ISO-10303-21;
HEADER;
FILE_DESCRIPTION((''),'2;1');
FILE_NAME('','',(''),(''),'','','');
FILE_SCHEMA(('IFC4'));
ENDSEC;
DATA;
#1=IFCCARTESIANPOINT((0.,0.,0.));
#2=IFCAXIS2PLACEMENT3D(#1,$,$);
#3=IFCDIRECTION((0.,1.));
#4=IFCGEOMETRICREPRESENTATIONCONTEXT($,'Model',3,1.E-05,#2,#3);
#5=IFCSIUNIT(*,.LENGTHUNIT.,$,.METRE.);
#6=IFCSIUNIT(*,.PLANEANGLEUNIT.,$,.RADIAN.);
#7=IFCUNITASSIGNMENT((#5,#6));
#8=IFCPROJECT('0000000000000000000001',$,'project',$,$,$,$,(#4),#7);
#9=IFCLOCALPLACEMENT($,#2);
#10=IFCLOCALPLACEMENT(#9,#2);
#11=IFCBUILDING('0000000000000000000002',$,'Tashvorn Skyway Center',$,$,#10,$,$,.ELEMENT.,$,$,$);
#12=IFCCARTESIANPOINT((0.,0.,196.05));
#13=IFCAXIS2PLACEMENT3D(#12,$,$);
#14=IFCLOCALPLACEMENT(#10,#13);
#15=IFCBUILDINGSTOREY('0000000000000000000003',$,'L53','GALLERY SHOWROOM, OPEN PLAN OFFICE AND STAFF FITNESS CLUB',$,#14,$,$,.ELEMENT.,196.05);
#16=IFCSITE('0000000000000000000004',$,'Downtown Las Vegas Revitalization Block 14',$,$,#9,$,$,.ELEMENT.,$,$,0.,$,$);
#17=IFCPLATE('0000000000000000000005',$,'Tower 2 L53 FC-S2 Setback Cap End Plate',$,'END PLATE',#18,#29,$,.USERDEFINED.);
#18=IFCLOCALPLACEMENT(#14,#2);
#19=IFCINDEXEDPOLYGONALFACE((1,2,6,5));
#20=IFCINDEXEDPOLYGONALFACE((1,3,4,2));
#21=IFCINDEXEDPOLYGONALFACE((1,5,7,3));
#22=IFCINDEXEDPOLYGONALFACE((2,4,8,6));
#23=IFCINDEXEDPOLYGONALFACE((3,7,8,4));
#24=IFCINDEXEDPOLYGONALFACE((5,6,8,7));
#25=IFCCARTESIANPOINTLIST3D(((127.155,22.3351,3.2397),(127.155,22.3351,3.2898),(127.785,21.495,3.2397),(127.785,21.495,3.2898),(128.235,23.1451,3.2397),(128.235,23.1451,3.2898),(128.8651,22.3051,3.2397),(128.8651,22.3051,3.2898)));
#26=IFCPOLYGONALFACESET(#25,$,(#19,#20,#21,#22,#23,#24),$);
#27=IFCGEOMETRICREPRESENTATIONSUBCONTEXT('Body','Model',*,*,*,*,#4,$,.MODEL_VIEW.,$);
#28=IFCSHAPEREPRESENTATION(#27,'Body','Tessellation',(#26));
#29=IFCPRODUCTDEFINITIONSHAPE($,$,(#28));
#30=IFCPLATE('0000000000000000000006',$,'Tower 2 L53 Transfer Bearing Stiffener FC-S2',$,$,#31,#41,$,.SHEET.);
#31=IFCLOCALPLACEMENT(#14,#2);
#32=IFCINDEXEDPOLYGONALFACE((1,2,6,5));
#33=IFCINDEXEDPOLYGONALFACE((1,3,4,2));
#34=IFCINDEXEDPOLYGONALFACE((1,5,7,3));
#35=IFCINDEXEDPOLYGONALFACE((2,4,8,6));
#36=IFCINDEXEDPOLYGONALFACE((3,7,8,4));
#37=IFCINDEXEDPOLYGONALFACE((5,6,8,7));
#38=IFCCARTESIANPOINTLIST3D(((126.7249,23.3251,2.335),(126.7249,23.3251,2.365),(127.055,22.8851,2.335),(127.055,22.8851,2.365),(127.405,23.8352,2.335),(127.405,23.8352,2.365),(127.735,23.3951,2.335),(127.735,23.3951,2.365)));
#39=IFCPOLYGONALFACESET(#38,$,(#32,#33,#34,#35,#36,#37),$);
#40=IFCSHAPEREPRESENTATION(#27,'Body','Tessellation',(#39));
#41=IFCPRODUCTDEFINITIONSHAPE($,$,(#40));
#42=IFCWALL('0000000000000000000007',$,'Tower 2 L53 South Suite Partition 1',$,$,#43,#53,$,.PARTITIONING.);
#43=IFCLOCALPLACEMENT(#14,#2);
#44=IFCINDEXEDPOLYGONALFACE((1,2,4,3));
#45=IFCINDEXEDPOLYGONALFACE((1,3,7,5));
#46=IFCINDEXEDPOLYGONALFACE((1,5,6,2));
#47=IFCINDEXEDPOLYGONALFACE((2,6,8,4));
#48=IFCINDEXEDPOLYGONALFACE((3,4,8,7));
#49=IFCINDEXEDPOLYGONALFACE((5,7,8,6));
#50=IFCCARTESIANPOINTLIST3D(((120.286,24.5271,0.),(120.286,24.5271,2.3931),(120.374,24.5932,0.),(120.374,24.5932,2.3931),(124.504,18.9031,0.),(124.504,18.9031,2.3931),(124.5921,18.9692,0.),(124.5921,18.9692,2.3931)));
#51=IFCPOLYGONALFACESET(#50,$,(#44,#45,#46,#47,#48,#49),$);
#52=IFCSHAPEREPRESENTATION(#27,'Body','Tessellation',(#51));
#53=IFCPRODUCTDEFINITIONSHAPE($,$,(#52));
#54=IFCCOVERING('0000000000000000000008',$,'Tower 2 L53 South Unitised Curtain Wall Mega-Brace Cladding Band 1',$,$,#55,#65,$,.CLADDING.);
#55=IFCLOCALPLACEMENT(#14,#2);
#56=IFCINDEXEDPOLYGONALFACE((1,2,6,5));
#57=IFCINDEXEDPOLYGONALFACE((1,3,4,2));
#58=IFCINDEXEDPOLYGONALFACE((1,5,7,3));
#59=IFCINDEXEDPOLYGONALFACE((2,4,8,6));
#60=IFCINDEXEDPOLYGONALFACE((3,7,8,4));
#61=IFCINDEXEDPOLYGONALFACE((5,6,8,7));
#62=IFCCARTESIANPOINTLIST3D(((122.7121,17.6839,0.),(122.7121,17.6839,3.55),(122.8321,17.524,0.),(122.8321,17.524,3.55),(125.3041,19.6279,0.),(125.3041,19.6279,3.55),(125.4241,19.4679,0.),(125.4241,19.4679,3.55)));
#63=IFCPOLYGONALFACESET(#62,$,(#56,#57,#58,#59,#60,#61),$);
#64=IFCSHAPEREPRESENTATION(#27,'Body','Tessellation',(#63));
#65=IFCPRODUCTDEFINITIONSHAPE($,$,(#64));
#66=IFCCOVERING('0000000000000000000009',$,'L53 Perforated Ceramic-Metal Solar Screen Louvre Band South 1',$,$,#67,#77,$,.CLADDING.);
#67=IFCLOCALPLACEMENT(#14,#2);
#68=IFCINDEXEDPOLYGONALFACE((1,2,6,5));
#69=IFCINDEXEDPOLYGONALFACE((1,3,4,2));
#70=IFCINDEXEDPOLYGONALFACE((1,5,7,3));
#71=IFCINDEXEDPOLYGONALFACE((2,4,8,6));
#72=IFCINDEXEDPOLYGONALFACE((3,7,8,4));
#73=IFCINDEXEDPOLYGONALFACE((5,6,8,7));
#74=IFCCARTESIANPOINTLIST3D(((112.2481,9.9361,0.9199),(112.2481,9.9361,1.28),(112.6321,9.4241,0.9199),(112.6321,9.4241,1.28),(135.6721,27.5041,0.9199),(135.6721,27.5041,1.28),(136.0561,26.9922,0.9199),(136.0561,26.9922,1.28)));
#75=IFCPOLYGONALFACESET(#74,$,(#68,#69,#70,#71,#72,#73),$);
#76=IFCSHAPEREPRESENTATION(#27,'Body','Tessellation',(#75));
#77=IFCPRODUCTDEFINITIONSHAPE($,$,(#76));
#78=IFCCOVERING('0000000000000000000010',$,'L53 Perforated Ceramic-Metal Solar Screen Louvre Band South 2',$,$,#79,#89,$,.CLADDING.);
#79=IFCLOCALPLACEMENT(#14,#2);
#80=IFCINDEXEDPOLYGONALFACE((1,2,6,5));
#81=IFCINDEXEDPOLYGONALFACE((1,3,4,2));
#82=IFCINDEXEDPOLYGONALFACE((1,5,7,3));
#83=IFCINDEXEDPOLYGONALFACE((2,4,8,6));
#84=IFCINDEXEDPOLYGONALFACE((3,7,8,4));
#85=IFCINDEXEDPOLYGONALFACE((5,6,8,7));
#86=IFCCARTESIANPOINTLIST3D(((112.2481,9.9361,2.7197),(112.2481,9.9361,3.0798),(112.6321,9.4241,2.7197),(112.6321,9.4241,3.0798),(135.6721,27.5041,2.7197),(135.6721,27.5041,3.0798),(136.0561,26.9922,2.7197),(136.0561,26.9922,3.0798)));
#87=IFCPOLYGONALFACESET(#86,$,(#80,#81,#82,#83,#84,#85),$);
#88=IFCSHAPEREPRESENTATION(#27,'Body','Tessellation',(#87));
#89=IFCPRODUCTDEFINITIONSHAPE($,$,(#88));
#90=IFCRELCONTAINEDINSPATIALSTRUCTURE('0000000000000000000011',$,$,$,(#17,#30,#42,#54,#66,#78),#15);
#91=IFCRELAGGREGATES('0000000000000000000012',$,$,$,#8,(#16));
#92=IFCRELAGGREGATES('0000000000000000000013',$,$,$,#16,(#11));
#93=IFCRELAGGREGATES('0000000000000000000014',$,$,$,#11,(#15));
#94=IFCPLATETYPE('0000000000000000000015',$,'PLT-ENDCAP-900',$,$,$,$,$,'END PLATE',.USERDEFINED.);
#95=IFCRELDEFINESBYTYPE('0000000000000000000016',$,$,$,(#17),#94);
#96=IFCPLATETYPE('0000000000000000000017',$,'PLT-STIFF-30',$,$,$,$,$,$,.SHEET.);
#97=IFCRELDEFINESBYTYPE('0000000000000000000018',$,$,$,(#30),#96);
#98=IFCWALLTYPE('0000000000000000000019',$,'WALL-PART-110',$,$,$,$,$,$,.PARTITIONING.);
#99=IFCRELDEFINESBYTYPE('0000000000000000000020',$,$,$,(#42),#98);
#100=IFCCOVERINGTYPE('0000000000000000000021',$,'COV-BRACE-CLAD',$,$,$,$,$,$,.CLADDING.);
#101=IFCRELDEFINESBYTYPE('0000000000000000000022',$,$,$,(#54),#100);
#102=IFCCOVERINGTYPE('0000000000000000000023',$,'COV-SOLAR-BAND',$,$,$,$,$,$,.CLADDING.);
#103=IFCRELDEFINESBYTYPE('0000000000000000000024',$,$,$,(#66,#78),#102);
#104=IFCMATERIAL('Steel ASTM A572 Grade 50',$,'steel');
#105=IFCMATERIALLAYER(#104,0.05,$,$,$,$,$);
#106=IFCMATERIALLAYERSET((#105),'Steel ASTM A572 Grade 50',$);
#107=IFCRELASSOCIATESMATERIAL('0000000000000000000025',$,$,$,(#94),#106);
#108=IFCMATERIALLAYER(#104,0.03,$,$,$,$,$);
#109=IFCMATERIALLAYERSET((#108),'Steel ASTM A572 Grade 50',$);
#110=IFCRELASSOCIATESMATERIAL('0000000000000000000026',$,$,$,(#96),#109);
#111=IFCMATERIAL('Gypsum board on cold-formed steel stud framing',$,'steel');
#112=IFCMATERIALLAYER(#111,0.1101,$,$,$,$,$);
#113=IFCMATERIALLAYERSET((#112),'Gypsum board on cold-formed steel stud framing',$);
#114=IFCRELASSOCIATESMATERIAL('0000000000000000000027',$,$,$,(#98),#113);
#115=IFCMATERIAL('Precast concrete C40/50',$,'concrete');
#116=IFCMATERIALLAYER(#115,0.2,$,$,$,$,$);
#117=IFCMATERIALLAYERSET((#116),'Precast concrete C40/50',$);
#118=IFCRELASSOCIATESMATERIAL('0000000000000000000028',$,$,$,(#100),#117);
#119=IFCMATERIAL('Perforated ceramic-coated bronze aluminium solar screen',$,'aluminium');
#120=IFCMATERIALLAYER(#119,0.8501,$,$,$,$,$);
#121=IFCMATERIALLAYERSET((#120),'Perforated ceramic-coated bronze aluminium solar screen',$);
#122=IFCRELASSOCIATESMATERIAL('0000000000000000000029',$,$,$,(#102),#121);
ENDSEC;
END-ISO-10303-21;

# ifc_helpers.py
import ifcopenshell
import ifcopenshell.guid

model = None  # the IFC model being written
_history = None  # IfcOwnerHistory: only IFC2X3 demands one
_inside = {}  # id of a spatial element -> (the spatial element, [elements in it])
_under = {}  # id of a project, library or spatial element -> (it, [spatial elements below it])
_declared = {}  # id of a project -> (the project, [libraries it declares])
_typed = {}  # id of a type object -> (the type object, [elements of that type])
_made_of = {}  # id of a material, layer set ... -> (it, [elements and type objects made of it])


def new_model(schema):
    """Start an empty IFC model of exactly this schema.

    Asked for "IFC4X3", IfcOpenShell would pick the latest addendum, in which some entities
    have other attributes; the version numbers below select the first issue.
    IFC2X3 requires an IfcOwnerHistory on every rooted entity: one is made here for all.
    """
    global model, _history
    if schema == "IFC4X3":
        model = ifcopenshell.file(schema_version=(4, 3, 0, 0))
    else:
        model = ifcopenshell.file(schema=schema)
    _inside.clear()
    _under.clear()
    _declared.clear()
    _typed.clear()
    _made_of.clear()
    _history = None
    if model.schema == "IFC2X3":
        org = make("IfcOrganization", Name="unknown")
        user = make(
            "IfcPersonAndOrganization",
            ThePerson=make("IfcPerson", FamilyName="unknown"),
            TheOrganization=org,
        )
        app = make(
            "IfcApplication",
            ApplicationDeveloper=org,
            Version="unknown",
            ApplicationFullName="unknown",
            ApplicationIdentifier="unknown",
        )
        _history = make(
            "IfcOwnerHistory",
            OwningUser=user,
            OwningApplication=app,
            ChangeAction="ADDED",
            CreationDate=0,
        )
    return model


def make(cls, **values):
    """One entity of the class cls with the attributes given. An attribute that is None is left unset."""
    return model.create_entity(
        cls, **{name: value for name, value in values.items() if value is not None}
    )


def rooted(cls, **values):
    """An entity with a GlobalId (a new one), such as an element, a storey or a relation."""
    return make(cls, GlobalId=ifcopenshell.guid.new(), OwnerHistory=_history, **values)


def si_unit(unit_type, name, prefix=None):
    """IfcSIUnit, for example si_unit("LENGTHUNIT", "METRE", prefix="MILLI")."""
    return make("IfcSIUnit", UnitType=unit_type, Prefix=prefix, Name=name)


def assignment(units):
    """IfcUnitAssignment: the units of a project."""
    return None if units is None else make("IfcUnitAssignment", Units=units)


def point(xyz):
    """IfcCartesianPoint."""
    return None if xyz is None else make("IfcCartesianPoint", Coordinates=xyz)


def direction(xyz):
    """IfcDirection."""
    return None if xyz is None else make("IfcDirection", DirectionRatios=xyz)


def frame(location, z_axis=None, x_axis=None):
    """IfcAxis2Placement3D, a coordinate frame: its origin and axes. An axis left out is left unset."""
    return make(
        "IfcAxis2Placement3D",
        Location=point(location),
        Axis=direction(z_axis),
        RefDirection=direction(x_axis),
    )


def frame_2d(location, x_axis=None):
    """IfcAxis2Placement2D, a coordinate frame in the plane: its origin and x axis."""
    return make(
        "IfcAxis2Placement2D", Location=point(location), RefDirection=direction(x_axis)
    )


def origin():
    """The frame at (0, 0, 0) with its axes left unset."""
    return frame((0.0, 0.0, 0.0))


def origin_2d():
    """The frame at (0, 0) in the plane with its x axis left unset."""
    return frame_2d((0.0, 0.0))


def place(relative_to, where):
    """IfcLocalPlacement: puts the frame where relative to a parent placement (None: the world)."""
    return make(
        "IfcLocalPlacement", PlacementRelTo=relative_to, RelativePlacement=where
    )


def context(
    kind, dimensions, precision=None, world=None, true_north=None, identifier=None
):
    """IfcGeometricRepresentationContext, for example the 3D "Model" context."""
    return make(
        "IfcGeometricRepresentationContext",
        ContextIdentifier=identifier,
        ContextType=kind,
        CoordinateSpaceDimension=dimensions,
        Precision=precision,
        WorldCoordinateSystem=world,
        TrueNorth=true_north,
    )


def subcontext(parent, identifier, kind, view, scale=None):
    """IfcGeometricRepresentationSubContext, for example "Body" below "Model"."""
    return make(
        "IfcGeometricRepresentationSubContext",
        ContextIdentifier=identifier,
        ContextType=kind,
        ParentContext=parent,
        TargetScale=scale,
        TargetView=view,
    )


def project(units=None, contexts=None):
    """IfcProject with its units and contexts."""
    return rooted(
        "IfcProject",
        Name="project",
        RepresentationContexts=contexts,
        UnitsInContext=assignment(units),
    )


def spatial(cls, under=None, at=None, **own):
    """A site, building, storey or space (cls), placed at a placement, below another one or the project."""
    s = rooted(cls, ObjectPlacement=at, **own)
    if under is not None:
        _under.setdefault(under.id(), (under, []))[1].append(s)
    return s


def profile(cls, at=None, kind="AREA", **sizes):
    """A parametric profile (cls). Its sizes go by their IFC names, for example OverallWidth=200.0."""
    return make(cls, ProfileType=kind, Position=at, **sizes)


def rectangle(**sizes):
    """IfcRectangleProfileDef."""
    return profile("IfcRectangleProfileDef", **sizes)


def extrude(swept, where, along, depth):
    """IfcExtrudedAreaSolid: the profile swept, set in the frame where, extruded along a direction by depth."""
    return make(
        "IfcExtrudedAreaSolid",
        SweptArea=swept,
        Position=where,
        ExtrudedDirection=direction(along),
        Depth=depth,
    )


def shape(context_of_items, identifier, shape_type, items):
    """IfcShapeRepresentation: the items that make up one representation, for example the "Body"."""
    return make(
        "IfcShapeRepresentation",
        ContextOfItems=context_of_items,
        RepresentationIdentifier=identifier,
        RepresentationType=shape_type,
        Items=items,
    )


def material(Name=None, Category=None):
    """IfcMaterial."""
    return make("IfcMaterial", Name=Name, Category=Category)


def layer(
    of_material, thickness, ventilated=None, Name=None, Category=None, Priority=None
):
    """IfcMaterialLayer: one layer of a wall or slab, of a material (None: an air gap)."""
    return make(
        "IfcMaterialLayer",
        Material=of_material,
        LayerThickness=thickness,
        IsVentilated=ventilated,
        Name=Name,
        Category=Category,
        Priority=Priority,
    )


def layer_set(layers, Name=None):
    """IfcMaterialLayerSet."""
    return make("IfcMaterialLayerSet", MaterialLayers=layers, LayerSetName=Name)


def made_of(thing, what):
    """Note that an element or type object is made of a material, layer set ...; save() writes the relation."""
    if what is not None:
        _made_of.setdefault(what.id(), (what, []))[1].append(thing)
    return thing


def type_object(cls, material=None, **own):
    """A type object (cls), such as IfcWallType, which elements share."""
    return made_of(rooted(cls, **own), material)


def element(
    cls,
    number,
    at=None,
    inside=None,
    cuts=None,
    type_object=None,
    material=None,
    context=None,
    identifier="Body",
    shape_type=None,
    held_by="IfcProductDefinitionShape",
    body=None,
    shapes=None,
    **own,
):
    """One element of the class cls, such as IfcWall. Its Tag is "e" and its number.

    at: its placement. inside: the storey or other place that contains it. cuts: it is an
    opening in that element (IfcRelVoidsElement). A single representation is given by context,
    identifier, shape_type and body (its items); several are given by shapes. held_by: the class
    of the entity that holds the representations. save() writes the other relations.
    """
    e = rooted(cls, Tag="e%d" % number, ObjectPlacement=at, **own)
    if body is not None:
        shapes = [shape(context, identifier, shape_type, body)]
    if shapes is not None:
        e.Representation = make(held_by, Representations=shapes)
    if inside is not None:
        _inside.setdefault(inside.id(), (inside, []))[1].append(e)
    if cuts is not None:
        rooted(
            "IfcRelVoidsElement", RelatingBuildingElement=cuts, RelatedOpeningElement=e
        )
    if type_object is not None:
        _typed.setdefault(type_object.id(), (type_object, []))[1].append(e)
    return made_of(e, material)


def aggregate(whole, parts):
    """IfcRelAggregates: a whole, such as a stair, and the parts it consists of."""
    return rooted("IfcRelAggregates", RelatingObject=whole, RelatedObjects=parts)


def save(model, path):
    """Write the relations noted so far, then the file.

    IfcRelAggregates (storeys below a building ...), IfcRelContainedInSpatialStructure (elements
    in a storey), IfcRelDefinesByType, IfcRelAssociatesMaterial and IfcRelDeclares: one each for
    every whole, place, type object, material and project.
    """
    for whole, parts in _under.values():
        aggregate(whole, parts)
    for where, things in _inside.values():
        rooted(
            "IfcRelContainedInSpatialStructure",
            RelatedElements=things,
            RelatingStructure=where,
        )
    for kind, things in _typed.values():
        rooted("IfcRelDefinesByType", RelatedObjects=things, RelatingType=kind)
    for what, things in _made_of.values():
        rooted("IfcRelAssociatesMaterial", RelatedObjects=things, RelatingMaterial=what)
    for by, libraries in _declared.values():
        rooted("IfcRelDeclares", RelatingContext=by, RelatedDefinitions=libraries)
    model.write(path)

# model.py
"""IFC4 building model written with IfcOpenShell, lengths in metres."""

from ifc_helpers import new_model, si_unit, direction, frame, frame_2d, origin, origin_2d, place, context, subcontext, project, spatial, rectangle, extrude, material, layer, layer_set, type_object, element, save


model = new_model("IFC4")

# Units and contexts
model_context = context("Model", 3, precision=1e-05, world=origin(), true_north=direction((0.0, 1.0)))
body_context = subcontext(model_context, "Body", "Model", "MODEL_VIEW")
ifc_project = project(units=[si_unit("LENGTHUNIT", "METRE"), si_unit("PLANEANGLEUNIT", "RADIAN")], contexts=[model_context])

# Site, building, storey
site_placement = place(None, origin())
site = spatial("IfcSite", under=ifc_project, at=site_placement, Name="Downtown Las Vegas Revitalization Block 14", CompositionType="ELEMENT", RefElevation=0.0)
building_placement = place(site_placement, origin())
building = spatial("IfcBuilding", under=site, at=building_placement, Name="Tashvorn Skyway Center", CompositionType="ELEMENT")
storey_placement = place(building_placement, frame((0.0, 0.0, 196.05)))
storey = spatial("IfcBuildingStorey", under=building, at=storey_placement, Name="L53", Description="GALLERY SHOWROOM, OPEN PLAN OFFICE AND STAFF FITNESS CLUB", CompositionType="ELEMENT", Elevation=196.05)

# Shared definitions
ifc_material_1 = material(Name="Steel ASTM A572 Grade 50", Category="steel")

# Plates
ifc_layer_1 = layer(ifc_material_1, 0.05)
ifc_layer_set_1 = layer_set([ifc_layer_1], Name="Steel ASTM A572 Grade 50")
plate_type_1 = type_object("IfcPlateType", Name="PLT-ENDCAP-900", ElementType="END PLATE", PredefinedType="USERDEFINED", material=ifc_layer_set_1)
plate_1_placement = place(storey_placement, frame((128.01, 22.3201, 3.2397), z_axis=(0.0, 0.0, 1.0), x_axis=(0.8, 0.6, 0.0)))
element("IfcPlate", 1, at=plate_1_placement, inside=storey, type_object=plate_type_1, Name="Tower 2 L53 FC-S2 Setback Cap End Plate", ObjectType="END PLATE", PredefinedType="USERDEFINED", context=body_context, shape_type="SweptSolid", body=[
    extrude(rectangle(XDim=1.3501, YDim=1.05, at=origin_2d()), origin(), (0.0, 0.0, 1.0), 0.05),
])
ifc_layer_2 = layer(ifc_material_1, 0.03)
ifc_layer_set_2 = layer_set([ifc_layer_2], Name="Steel ASTM A572 Grade 50")
plate_type_2 = type_object("IfcPlateType", Name="PLT-STIFF-30", PredefinedType="SHEET", material=ifc_layer_set_2)
plate_2_placement = place(storey_placement, frame((127.23, 23.3601, 2.335), z_axis=(0.0, 0.0, 1.0), x_axis=(0.8, 0.6, 0.0)))
element("IfcPlate", 2, at=plate_2_placement, inside=storey, type_object=plate_type_2, Name="Tower 2 L53 Transfer Bearing Stiffener FC-S2", PredefinedType="SHEET", context=body_context, shape_type="SweptSolid", body=[
    extrude(rectangle(XDim=0.8501, YDim=0.55, at=origin_2d()), origin(), (0.0, 0.0, 1.0), 0.03),
])

# Wall
ifc_material_2 = material(Name="Gypsum board on cold-formed steel stud framing", Category="steel")
ifc_layer_3 = layer(ifc_material_2, 0.1101)
ifc_layer_set_3 = layer_set([ifc_layer_3], Name="Gypsum board on cold-formed steel stud framing")
wall_type = type_object("IfcWallType", Name="WALL-PART-110", PredefinedType="PARTITIONING", material=ifc_layer_set_3)
wall_placement = place(storey_placement, frame((124.5481, 18.936, 0.0), z_axis=(0.0, 0.0, 1.0), x_axis=(-0.6, 0.8, 0.0)))
element("IfcWall", 3, at=wall_placement, inside=storey, type_object=wall_type, Name="Tower 2 L53 South Suite Partition 1", PredefinedType="PARTITIONING", context=body_context, shape_type="SweptSolid", body=[
    extrude(rectangle(XDim=7.03, YDim=0.1101, at=frame_2d((3.5151, 0.0))), origin(), (0.0, 0.0, 1.0), 2.3931),
])

# Coverings
ifc_material_3 = material(Name="Precast concrete C40/50", Category="concrete")
ifc_layer_4 = layer(ifc_material_3, 0.2)
ifc_layer_set_4 = layer_set([ifc_layer_4], Name="Precast concrete C40/50")
covering_type_1 = type_object("IfcCoveringType", Name="COV-BRACE-CLAD", PredefinedType="CLADDING", material=ifc_layer_set_4)
covering_placement = place(storey_placement, frame((124.0681, 18.5759, 0.0), z_axis=(0.0, 0.0, 1.0), x_axis=(-0.8, -0.6, 0.0)))
element("IfcCovering", 4, at=covering_placement, inside=storey, type_object=covering_type_1, Name="Tower 2 L53 South Unitised Curtain Wall Mega-Brace Cladding Band 1", PredefinedType="CLADDING", context=body_context, shape_type="SweptSolid", body=[
    extrude(rectangle(XDim=3.24, YDim=0.2, at=origin_2d()), origin(), (0.0, 0.0, 1.0), 3.55),
])
ifc_material_4 = material(Name="Perforated ceramic-coated bronze aluminium solar screen", Category="aluminium")
ifc_layer_5 = layer(ifc_material_4, 0.8501)
ifc_layer_set_5 = layer_set([ifc_layer_5], Name="Perforated ceramic-coated bronze aluminium solar screen")
covering_type_2 = type_object("IfcCoveringType", Name="COV-SOLAR-BAND", PredefinedType="CLADDING", material=ifc_layer_set_5)
for number, where, z_axis, x_axis, name in (
    (5, (124.1521, 18.4641, 0.9199), (0.0, 0.0, 1.0), (-0.8, -0.6, 0.0), "L53 Perforated Ceramic-Metal Solar Screen Louvre Band South 1"),
    (6, (124.1521, 18.4641, 2.7197), (0.0, 0.0, 1.0), (-0.8, -0.6, 0.0), "L53 Perforated Ceramic-Metal Solar Screen Louvre Band South 2"),
):
    element("IfcCovering", number, at=place(storey_placement, frame(where, z_axis=z_axis, x_axis=x_axis)), inside=storey, type_object=covering_type_2, Name=name, PredefinedType="CLADDING", context=body_context, shape_type="SweptSolid", body=[
        extrude(rectangle(XDim=29.28, YDim=0.6399, at=origin_2d()), origin(), (0.0, 0.0, 1.0), 0.3601),
    ])

save(model, "model.ifc")
